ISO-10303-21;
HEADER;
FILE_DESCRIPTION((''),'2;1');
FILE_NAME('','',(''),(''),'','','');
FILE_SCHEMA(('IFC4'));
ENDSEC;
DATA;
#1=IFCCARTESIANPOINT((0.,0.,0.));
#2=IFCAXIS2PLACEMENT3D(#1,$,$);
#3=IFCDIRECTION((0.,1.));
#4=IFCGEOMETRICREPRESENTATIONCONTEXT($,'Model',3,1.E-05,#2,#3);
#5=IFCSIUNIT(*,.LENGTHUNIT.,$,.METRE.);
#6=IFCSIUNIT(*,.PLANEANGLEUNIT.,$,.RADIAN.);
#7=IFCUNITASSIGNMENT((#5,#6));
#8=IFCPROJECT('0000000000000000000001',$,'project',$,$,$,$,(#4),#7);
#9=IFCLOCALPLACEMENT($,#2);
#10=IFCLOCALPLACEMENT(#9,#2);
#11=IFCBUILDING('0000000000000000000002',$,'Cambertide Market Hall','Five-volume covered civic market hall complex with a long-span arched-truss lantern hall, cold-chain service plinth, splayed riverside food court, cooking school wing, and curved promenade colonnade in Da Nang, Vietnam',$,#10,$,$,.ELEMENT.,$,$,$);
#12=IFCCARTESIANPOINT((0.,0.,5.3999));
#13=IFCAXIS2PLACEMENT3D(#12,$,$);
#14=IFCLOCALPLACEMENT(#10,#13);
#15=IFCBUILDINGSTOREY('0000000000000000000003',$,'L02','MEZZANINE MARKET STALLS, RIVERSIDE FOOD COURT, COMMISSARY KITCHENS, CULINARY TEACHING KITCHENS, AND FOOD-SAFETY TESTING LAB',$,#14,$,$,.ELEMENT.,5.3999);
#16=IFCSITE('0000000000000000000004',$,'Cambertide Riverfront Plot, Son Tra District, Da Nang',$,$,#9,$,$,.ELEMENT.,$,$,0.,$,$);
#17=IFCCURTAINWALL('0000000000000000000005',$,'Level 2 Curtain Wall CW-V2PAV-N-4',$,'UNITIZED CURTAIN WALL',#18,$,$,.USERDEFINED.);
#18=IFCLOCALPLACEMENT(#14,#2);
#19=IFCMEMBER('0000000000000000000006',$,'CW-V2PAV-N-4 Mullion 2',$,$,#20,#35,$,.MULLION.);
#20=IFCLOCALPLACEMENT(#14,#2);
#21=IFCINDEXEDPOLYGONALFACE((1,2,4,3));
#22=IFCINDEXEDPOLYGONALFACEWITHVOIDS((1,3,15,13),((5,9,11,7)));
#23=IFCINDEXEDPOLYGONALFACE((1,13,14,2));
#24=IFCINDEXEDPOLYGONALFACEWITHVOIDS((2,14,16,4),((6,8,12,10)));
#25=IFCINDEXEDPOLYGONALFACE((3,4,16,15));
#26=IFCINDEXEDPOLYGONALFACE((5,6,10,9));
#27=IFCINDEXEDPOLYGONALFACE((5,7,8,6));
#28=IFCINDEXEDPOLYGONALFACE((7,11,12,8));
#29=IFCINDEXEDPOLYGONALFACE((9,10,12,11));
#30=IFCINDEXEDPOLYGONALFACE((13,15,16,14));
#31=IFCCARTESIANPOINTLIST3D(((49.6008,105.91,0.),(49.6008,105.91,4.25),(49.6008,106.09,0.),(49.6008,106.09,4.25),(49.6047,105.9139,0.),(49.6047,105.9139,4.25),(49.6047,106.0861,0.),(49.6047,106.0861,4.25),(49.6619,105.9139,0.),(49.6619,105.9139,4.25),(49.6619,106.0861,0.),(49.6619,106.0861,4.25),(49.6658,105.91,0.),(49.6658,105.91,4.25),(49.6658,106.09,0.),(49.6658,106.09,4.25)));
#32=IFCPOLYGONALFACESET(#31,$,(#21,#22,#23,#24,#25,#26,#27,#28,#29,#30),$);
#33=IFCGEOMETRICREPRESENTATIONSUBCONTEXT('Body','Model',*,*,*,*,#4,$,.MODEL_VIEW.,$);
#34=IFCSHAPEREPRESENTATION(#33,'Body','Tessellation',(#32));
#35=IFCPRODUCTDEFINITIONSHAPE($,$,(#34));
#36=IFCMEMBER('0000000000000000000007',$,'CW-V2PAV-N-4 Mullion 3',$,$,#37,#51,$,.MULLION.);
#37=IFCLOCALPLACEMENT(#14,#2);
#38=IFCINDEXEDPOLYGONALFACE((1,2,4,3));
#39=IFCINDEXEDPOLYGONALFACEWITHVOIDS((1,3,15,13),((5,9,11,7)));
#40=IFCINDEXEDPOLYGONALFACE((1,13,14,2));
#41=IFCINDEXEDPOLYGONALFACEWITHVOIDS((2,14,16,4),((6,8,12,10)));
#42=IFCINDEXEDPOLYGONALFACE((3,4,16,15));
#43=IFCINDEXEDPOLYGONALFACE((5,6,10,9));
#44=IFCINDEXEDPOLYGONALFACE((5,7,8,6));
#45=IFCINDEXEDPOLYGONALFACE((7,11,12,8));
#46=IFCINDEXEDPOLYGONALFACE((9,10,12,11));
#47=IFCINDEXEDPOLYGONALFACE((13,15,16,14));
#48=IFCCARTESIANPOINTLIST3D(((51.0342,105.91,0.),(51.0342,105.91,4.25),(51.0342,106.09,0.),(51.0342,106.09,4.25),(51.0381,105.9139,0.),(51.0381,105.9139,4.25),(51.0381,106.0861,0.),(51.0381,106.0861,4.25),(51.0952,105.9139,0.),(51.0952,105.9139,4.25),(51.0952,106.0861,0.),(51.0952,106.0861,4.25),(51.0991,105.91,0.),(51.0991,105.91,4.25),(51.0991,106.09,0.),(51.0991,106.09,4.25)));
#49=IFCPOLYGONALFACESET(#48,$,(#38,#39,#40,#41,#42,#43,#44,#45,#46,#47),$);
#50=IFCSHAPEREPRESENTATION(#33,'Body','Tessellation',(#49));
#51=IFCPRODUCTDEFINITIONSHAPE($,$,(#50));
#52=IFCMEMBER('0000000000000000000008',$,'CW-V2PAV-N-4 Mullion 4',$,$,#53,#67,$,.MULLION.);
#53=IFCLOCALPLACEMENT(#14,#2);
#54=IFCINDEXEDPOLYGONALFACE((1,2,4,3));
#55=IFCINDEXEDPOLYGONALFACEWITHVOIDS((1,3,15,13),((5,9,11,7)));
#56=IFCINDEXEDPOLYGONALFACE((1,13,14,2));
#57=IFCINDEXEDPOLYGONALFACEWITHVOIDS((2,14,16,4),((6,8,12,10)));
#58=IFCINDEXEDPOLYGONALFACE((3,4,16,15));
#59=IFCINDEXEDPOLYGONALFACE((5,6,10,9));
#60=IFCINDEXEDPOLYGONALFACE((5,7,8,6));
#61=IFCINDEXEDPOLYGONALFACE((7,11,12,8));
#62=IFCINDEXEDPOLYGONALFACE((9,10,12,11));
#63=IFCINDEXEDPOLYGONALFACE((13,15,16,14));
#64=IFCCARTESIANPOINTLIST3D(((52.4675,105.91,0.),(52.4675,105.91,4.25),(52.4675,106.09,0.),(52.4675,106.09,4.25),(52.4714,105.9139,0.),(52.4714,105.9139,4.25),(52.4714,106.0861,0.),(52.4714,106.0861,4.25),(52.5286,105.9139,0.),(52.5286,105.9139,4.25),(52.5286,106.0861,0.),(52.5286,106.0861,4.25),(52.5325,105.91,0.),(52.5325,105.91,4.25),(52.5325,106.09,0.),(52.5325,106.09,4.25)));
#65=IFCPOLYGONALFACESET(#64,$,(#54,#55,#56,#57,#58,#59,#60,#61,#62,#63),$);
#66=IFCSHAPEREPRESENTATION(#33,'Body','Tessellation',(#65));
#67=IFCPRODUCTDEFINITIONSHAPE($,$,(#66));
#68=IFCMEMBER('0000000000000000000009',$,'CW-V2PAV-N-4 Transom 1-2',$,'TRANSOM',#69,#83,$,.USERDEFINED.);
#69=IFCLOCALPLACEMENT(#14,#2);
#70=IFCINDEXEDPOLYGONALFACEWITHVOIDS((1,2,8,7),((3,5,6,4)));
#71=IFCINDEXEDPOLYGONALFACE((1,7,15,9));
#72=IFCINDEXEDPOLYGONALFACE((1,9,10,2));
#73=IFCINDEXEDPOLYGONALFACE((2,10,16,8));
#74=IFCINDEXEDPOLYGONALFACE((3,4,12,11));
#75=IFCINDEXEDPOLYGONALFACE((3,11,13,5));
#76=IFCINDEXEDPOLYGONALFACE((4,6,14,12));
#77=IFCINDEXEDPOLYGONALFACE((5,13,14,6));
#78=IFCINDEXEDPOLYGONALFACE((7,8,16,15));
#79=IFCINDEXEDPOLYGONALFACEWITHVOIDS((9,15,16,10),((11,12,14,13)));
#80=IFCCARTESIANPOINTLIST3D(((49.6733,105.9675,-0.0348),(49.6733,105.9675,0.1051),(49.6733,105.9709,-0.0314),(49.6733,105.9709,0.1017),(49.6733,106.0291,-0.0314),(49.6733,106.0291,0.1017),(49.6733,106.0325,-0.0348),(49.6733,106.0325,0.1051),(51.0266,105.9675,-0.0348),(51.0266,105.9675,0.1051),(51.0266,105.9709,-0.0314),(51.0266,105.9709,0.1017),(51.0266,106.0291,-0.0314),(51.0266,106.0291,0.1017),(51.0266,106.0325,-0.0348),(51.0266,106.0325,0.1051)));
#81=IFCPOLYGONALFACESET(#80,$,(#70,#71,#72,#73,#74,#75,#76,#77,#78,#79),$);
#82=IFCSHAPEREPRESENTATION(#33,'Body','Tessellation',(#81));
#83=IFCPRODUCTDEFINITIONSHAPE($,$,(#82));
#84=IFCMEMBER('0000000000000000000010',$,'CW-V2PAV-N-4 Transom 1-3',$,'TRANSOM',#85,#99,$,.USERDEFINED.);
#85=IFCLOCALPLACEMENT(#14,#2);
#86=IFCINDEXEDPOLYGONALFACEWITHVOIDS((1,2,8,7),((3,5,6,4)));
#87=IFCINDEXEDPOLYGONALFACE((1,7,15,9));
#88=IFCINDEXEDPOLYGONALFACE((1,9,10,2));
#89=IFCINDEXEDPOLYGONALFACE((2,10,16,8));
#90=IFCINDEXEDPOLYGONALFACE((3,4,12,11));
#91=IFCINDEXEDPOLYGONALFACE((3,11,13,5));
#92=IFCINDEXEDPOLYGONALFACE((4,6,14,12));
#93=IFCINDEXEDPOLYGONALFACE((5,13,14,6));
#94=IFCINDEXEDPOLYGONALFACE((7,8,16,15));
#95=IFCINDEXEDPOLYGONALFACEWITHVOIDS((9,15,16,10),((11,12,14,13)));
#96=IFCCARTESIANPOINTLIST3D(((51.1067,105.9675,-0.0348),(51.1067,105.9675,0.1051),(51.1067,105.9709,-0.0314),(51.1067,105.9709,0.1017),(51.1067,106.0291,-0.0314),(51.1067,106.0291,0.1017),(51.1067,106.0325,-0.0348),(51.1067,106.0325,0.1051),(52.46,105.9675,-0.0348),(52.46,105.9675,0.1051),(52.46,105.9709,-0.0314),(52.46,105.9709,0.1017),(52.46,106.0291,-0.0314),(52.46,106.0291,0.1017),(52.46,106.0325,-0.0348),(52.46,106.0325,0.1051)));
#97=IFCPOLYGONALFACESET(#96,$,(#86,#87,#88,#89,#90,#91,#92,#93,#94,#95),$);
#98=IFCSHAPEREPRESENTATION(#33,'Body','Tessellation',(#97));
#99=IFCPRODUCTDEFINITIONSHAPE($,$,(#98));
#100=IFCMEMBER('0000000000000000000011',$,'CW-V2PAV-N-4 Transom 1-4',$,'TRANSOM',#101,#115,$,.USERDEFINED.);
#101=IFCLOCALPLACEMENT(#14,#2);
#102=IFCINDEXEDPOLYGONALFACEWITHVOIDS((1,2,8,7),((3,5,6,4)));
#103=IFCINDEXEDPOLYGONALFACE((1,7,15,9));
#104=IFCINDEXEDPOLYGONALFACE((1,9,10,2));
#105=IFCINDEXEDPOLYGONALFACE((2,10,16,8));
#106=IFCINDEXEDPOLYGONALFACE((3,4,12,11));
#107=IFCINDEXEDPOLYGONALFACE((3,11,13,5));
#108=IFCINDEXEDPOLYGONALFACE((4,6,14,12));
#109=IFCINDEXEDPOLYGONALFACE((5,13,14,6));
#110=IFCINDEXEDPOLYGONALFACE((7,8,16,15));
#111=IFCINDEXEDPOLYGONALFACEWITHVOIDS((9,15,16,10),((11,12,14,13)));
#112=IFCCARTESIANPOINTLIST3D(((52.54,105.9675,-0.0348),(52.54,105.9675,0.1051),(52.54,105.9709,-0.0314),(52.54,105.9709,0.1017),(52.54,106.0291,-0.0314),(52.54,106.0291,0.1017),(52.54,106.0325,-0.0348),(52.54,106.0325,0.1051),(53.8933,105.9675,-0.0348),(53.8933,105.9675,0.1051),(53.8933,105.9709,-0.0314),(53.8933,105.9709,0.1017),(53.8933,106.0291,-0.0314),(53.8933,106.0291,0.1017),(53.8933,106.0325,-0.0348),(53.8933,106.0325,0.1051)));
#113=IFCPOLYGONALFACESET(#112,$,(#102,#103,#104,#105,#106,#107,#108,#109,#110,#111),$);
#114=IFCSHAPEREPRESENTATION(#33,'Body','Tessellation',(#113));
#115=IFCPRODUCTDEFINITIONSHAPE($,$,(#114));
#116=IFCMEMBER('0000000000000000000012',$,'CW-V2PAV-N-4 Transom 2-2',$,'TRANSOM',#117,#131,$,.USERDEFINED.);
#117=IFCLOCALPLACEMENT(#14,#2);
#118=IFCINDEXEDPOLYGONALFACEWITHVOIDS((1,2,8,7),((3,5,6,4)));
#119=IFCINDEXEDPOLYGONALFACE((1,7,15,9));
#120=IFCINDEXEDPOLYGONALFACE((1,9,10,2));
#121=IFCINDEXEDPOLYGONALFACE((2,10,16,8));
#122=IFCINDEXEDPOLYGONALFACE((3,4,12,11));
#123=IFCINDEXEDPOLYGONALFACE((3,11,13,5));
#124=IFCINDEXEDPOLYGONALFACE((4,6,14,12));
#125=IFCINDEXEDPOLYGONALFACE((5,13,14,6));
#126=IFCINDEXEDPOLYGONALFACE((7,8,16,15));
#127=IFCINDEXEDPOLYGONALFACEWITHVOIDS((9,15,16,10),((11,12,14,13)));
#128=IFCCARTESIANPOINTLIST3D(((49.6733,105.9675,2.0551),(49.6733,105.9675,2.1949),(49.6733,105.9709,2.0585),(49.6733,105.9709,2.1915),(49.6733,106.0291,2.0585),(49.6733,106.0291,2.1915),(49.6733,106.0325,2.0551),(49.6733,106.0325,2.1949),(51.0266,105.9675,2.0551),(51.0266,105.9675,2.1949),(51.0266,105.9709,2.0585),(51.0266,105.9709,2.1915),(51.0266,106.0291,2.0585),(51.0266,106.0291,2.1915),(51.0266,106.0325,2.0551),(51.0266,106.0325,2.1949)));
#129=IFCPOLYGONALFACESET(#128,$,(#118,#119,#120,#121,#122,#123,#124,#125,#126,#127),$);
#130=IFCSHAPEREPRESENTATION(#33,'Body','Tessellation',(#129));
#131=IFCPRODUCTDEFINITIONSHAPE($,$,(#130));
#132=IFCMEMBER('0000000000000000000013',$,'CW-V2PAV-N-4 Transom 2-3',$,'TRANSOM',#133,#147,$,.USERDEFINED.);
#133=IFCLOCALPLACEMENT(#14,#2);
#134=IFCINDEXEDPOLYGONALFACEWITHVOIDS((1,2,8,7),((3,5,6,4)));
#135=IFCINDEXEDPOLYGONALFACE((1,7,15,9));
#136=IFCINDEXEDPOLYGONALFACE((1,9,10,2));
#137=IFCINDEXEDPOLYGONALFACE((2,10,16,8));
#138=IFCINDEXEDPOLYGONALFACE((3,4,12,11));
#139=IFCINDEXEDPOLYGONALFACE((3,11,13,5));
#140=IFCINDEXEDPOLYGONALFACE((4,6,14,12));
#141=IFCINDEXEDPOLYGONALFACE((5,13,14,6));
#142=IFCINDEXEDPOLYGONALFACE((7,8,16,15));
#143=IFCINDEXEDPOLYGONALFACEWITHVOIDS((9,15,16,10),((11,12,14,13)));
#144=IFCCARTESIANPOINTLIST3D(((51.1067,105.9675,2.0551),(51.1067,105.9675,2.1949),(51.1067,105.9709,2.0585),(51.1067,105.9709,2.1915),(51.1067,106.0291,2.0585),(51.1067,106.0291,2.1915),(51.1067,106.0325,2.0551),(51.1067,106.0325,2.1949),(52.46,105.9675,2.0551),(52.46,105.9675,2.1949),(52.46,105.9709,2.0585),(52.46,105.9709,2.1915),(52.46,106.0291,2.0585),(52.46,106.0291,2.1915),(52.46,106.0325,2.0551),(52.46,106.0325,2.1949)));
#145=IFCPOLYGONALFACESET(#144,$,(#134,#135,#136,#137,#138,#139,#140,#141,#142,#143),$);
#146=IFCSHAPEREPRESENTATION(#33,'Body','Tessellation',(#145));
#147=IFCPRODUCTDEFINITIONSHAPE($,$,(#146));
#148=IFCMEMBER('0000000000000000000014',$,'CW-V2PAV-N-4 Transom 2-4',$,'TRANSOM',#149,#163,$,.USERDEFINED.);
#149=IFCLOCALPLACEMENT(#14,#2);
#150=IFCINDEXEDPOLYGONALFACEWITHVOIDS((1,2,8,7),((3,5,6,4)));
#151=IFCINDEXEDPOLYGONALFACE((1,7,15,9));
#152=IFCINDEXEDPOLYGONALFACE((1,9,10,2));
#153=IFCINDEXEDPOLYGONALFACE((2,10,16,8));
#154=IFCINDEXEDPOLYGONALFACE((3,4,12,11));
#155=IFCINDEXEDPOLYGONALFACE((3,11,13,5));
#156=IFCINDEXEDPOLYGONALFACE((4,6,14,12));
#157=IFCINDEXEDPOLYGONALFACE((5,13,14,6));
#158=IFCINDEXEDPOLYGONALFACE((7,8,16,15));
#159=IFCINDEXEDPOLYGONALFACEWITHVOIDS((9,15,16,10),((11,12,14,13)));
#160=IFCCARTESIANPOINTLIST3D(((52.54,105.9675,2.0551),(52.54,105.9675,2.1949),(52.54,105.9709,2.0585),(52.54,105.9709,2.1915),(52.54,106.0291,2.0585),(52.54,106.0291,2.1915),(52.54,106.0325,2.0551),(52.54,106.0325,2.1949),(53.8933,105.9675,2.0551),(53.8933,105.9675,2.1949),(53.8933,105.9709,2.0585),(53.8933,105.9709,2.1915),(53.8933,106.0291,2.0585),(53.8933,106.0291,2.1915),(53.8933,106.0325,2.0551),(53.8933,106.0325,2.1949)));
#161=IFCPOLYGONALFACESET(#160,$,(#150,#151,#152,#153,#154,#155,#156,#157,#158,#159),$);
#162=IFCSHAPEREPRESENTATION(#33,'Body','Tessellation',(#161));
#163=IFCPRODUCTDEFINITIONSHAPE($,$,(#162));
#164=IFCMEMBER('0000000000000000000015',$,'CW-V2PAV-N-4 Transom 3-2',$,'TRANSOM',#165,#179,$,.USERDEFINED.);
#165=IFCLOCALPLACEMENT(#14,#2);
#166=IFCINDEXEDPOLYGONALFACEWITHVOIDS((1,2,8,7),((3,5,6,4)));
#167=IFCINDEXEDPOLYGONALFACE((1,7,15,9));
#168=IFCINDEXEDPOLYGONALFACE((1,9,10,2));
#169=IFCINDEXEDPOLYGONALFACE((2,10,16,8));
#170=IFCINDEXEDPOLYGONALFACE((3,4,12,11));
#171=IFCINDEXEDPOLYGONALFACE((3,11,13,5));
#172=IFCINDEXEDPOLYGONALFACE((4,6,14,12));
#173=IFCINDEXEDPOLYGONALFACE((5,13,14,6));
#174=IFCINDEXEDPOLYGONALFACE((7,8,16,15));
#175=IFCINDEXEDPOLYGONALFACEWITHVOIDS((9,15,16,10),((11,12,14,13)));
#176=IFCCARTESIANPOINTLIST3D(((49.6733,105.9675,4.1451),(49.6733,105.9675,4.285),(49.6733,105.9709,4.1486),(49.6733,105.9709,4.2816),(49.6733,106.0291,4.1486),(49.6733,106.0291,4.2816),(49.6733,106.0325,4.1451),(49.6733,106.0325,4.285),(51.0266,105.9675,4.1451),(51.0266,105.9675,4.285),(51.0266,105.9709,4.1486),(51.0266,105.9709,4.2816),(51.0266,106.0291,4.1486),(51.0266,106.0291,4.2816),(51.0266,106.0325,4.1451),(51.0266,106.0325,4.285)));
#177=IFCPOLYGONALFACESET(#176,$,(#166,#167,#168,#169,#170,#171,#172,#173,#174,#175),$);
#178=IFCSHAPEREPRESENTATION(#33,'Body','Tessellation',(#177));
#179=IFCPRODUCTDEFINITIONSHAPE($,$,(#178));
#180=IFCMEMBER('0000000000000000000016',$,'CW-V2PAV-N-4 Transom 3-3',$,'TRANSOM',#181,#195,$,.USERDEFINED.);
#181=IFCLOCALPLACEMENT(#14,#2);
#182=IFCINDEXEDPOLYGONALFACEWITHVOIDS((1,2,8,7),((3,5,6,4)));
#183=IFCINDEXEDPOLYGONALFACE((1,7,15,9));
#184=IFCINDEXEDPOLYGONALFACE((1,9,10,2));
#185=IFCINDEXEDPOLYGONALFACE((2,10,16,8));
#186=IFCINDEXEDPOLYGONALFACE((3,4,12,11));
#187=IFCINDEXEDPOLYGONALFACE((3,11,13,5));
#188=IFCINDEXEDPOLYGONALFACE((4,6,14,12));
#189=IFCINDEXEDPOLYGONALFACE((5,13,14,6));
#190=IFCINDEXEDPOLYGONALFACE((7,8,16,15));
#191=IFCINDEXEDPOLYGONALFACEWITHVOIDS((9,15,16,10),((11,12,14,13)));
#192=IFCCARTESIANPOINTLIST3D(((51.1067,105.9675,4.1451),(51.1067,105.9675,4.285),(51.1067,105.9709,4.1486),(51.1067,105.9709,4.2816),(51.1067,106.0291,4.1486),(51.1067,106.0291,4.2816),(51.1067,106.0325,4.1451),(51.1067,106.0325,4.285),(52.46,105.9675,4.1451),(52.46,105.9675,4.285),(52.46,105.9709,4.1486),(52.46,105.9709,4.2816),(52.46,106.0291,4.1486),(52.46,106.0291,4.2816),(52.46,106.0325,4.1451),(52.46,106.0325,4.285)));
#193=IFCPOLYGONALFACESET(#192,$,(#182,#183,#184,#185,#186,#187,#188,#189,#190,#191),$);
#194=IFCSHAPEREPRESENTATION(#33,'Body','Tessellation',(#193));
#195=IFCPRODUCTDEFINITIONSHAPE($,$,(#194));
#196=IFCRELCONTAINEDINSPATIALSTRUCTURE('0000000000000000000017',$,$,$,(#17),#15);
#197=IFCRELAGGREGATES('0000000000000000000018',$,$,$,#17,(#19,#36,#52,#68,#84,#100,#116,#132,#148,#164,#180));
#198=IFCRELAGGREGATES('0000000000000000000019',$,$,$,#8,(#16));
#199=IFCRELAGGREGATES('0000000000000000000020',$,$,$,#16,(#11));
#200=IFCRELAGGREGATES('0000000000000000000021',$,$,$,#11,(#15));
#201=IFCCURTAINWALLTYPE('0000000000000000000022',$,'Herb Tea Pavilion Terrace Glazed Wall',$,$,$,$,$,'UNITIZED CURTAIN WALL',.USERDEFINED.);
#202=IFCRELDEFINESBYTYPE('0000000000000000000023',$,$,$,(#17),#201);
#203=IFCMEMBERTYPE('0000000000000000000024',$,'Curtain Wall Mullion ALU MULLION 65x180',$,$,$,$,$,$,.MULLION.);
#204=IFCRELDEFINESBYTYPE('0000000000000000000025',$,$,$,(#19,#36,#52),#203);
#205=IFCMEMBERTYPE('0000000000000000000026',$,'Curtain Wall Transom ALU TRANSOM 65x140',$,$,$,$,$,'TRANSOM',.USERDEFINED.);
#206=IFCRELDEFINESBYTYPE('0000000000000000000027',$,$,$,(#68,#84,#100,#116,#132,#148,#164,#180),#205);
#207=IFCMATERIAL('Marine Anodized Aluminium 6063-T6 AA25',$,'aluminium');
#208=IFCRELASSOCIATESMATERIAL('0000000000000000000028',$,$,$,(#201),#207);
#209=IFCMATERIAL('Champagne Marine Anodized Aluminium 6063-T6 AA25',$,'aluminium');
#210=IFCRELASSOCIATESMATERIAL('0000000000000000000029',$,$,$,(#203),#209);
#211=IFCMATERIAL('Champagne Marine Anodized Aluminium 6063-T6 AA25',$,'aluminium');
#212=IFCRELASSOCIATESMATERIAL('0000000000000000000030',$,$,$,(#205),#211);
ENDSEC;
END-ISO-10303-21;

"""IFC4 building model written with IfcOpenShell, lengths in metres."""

from ifc_helpers import new_model, si_unit, direction, frame, origin, origin_2d, place, context, subcontext, project, spatial, hollow_rectangle, extrude, material, material_profile, profile_set, type_object, element, aggregate, save


model = new_model("IFC4")

# Units and contexts
model_context = context("Model", 3, precision=1e-05, world=origin(), true_north=direction((0.0, 1.0)))
body_context = subcontext(model_context, "Body", "Model", "MODEL_VIEW")
ifc_project = project(units=[si_unit("LENGTHUNIT", "METRE"), si_unit("PLANEANGLEUNIT", "RADIAN")], contexts=[model_context])

# Site, building, storey
site_placement = place(None, origin())
site = spatial("IfcSite", under=ifc_project, at=site_placement, Name="Cambertide Riverfront Plot, Son Tra District, Da Nang", CompositionType="ELEMENT", RefElevation=0.0)
building_placement = place(site_placement, origin())
building = spatial("IfcBuilding", under=site, at=building_placement, Name="Cambertide Market Hall", Description="Five-volume covered civic market hall complex with a long-span arched-truss lantern hall, cold-chain service plinth, splayed riverside food court, cooking school wing, and curved promenade colonnade in Da Nang, Vietnam", CompositionType="ELEMENT")
storey_placement = place(building_placement, frame((0.0, 0.0, 5.3999)))
storey = spatial("IfcBuildingStorey", under=building, at=storey_placement, Name="L02", Description="MEZZANINE MARKET STALLS, RIVERSIDE FOOD COURT, COMMISSARY KITCHENS, CULINARY TEACHING KITCHENS, AND FOOD-SAFETY TESTING LAB", CompositionType="ELEMENT", Elevation=5.3999)

# Curtain wall, members
ifc_material_1 = material(Name="Marine Anodized Aluminium 6063-T6 AA25", Category="aluminium")
curtain_wall_type = type_object("IfcCurtainWallType", Name="Herb Tea Pavilion Terrace Glazed Wall", ElementType="UNITIZED CURTAIN WALL", PredefinedType="USERDEFINED", material=ifc_material_1)
curtain_wall_1_placement = place(storey_placement, origin())
curtain_wall_1 = element("IfcCurtainWall", 1, at=curtain_wall_1_placement, inside=storey, type_object=curtain_wall_type, Name="Level 2 Curtain Wall CW-V2PAV-N-4", ObjectType="UNITIZED CURTAIN WALL", PredefinedType="USERDEFINED")
ifc_material_2 = material(Name="Champagne Marine Anodized Aluminium 6063-T6 AA25", Category="aluminium")
ifc_material_profile_1 = material_profile(ifc_material_2, hollow_rectangle(XDim=0.0649, YDim=0.1799, WallThickness=0.0039, at=origin_2d()), Name="ALU MULLION 65x180")
ifc_profile_set_1 = profile_set([ifc_material_profile_1], Name="Champagne Marine Anodized Aluminium 6063-T6 AA25")
member_type_1 = type_object("IfcMemberType", Name="Curtain Wall Mullion ALU MULLION 65x180", PredefinedType="MULLION", material=ifc_profile_set_1)
member_1_placement = place(storey_placement, frame((49.6333, 106.0, 0.0), z_axis=(0.0, 0.0, 1.0), x_axis=(1.0, 0.0, 0.0)))
member_1 = element("IfcMember", 2, at=member_1_placement, type_object=member_type_1, Name="CW-V2PAV-N-4 Mullion 2", PredefinedType="MULLION", context=body_context, shape_type="SweptSolid", body=[
    extrude(hollow_rectangle(XDim=0.0649, YDim=0.1799, WallThickness=0.0039, at=origin_2d()), origin(), (0.0, 0.0, 1.0), 4.25),
])
member_2_placement = place(storey_placement, frame((51.0667, 106.0, 0.0), z_axis=(0.0, 0.0, 1.0), x_axis=(1.0, 0.0, 0.0)))
member_2 = element("IfcMember", 3, at=member_2_placement, type_object=member_type_1, Name="CW-V2PAV-N-4 Mullion 3", PredefinedType="MULLION", context=body_context, shape_type="SweptSolid", body=[
    extrude(hollow_rectangle(XDim=0.0649, YDim=0.1799, WallThickness=0.0039, at=origin_2d()), origin(), (0.0, 0.0, 1.0), 4.25),
])
member_3_placement = place(storey_placement, frame((52.5, 106.0, 0.0), z_axis=(0.0, 0.0, 1.0), x_axis=(1.0, 0.0, 0.0)))
member_3 = element("IfcMember", 4, at=member_3_placement, type_object=member_type_1, Name="CW-V2PAV-N-4 Mullion 4", PredefinedType="MULLION", context=body_context, shape_type="SweptSolid", body=[
    extrude(hollow_rectangle(XDim=0.0649, YDim=0.1799, WallThickness=0.0039, at=origin_2d()), origin(), (0.0, 0.0, 1.0), 4.25),
])
ifc_material_3 = material(Name="Champagne Marine Anodized Aluminium 6063-T6 AA25", Category="aluminium")
ifc_material_profile_2 = material_profile(ifc_material_3, hollow_rectangle(XDim=0.0649, YDim=0.1399, WallThickness=0.0034, at=origin_2d()), Name="ALU TRANSOM 65x140")
ifc_profile_set_2 = profile_set([ifc_material_profile_2], Name="Champagne Marine Anodized Aluminium 6063-T6 AA25")
member_type_2 = type_object("IfcMemberType", Name="Curtain Wall Transom ALU TRANSOM 65x140", ElementType="TRANSOM", PredefinedType="USERDEFINED", material=ifc_profile_set_2)
member_4_placement = place(storey_placement, frame((49.6733, 106.0, 0.0352), z_axis=(1.0, 0.0, 0.0), x_axis=(0.0, 1.0, 0.0)))
member_4 = element("IfcMember", 5, at=member_4_placement, type_object=member_type_2, Name="CW-V2PAV-N-4 Transom 1-2", ObjectType="TRANSOM", PredefinedType="USERDEFINED", context=body_context, shape_type="SweptSolid", body=[
    extrude(hollow_rectangle(XDim=0.0649, YDim=0.1399, WallThickness=0.0034, at=origin_2d()), origin(), (0.0, 0.0, 1.0), 1.3533),
])
member_5_placement = place(storey_placement, frame((51.1067, 106.0, 0.0352), z_axis=(1.0, 0.0, 0.0), x_axis=(0.0, 1.0, 0.0)))
member_5 = element("IfcMember", 6, at=member_5_placement, type_object=member_type_2, Name="CW-V2PAV-N-4 Transom 1-3", ObjectType="TRANSOM", PredefinedType="USERDEFINED", context=body_context, shape_type="SweptSolid", body=[
    extrude(hollow_rectangle(XDim=0.0649, YDim=0.1399, WallThickness=0.0034, at=origin_2d()), origin(), (0.0, 0.0, 1.0), 1.3533),
])
member_6_placement = place(storey_placement, frame((52.54, 106.0, 0.0352), z_axis=(1.0, 0.0, 0.0), x_axis=(0.0, 1.0, 0.0)))
member_6 = element("IfcMember", 7, at=member_6_placement, type_object=member_type_2, Name="CW-V2PAV-N-4 Transom 1-4", ObjectType="TRANSOM", PredefinedType="USERDEFINED", context=body_context, shape_type="SweptSolid", body=[
    extrude(hollow_rectangle(XDim=0.0649, YDim=0.1399, WallThickness=0.0034, at=origin_2d()), origin(), (0.0, 0.0, 1.0), 1.3533),
])
member_7_placement = place(storey_placement, frame((49.6733, 106.0, 2.125), z_axis=(1.0, 0.0, 0.0), x_axis=(0.0, 1.0, 0.0)))
member_7 = element("IfcMember", 8, at=member_7_placement, type_object=member_type_2, Name="CW-V2PAV-N-4 Transom 2-2", ObjectType="TRANSOM", PredefinedType="USERDEFINED", context=body_context, shape_type="SweptSolid", body=[
    extrude(hollow_rectangle(XDim=0.0649, YDim=0.1399, WallThickness=0.0034, at=origin_2d()), origin(), (0.0, 0.0, 1.0), 1.3533),
])
member_8_placement = place(storey_placement, frame((51.1067, 106.0, 2.125), z_axis=(1.0, 0.0, 0.0), x_axis=(0.0, 1.0, 0.0)))
member_8 = element("IfcMember", 9, at=member_8_placement, type_object=member_type_2, Name="CW-V2PAV-N-4 Transom 2-3", ObjectType="TRANSOM", PredefinedType="USERDEFINED", context=body_context, shape_type="SweptSolid", body=[
    extrude(hollow_rectangle(XDim=0.0649, YDim=0.1399, WallThickness=0.0034, at=origin_2d()), origin(), (0.0, 0.0, 1.0), 1.3533),
])
member_9_placement = place(storey_placement, frame((52.54, 106.0, 2.125), z_axis=(1.0, 0.0, 0.0), x_axis=(0.0, 1.0, 0.0)))
member_9 = element("IfcMember", 10, at=member_9_placement, type_object=member_type_2, Name="CW-V2PAV-N-4 Transom 2-4", ObjectType="TRANSOM", PredefinedType="USERDEFINED", context=body_context, shape_type="SweptSolid", body=[
    extrude(hollow_rectangle(XDim=0.0649, YDim=0.1399, WallThickness=0.0034, at=origin_2d()), origin(), (0.0, 0.0, 1.0), 1.3533),
])
member_10_placement = place(storey_placement, frame((49.6733, 106.0, 4.2151), z_axis=(1.0, 0.0, 0.0), x_axis=(0.0, 1.0, 0.0)))
member_10 = element("IfcMember", 11, at=member_10_placement, type_object=member_type_2, Name="CW-V2PAV-N-4 Transom 3-2", ObjectType="TRANSOM", PredefinedType="USERDEFINED", context=body_context, shape_type="SweptSolid", body=[
    extrude(hollow_rectangle(XDim=0.0649, YDim=0.1399, WallThickness=0.0034, at=origin_2d()), origin(), (0.0, 0.0, 1.0), 1.3533),
])
member_11_placement = place(storey_placement, frame((51.1067, 106.0, 4.2151), z_axis=(1.0, 0.0, 0.0), x_axis=(0.0, 1.0, 0.0)))
member_11 = element("IfcMember", 12, at=member_11_placement, type_object=member_type_2, Name="CW-V2PAV-N-4 Transom 3-3", ObjectType="TRANSOM", PredefinedType="USERDEFINED", context=body_context, shape_type="SweptSolid", body=[
    extrude(hollow_rectangle(XDim=0.0649, YDim=0.1399, WallThickness=0.0034, at=origin_2d()), origin(), (0.0, 0.0, 1.0), 1.3533),
])

aggregate(curtain_wall_1, [member_1, member_2, member_3, member_4, member_5, member_6, member_7, member_8, member_9, member_10, member_11])

save(model, "model.ifc")
